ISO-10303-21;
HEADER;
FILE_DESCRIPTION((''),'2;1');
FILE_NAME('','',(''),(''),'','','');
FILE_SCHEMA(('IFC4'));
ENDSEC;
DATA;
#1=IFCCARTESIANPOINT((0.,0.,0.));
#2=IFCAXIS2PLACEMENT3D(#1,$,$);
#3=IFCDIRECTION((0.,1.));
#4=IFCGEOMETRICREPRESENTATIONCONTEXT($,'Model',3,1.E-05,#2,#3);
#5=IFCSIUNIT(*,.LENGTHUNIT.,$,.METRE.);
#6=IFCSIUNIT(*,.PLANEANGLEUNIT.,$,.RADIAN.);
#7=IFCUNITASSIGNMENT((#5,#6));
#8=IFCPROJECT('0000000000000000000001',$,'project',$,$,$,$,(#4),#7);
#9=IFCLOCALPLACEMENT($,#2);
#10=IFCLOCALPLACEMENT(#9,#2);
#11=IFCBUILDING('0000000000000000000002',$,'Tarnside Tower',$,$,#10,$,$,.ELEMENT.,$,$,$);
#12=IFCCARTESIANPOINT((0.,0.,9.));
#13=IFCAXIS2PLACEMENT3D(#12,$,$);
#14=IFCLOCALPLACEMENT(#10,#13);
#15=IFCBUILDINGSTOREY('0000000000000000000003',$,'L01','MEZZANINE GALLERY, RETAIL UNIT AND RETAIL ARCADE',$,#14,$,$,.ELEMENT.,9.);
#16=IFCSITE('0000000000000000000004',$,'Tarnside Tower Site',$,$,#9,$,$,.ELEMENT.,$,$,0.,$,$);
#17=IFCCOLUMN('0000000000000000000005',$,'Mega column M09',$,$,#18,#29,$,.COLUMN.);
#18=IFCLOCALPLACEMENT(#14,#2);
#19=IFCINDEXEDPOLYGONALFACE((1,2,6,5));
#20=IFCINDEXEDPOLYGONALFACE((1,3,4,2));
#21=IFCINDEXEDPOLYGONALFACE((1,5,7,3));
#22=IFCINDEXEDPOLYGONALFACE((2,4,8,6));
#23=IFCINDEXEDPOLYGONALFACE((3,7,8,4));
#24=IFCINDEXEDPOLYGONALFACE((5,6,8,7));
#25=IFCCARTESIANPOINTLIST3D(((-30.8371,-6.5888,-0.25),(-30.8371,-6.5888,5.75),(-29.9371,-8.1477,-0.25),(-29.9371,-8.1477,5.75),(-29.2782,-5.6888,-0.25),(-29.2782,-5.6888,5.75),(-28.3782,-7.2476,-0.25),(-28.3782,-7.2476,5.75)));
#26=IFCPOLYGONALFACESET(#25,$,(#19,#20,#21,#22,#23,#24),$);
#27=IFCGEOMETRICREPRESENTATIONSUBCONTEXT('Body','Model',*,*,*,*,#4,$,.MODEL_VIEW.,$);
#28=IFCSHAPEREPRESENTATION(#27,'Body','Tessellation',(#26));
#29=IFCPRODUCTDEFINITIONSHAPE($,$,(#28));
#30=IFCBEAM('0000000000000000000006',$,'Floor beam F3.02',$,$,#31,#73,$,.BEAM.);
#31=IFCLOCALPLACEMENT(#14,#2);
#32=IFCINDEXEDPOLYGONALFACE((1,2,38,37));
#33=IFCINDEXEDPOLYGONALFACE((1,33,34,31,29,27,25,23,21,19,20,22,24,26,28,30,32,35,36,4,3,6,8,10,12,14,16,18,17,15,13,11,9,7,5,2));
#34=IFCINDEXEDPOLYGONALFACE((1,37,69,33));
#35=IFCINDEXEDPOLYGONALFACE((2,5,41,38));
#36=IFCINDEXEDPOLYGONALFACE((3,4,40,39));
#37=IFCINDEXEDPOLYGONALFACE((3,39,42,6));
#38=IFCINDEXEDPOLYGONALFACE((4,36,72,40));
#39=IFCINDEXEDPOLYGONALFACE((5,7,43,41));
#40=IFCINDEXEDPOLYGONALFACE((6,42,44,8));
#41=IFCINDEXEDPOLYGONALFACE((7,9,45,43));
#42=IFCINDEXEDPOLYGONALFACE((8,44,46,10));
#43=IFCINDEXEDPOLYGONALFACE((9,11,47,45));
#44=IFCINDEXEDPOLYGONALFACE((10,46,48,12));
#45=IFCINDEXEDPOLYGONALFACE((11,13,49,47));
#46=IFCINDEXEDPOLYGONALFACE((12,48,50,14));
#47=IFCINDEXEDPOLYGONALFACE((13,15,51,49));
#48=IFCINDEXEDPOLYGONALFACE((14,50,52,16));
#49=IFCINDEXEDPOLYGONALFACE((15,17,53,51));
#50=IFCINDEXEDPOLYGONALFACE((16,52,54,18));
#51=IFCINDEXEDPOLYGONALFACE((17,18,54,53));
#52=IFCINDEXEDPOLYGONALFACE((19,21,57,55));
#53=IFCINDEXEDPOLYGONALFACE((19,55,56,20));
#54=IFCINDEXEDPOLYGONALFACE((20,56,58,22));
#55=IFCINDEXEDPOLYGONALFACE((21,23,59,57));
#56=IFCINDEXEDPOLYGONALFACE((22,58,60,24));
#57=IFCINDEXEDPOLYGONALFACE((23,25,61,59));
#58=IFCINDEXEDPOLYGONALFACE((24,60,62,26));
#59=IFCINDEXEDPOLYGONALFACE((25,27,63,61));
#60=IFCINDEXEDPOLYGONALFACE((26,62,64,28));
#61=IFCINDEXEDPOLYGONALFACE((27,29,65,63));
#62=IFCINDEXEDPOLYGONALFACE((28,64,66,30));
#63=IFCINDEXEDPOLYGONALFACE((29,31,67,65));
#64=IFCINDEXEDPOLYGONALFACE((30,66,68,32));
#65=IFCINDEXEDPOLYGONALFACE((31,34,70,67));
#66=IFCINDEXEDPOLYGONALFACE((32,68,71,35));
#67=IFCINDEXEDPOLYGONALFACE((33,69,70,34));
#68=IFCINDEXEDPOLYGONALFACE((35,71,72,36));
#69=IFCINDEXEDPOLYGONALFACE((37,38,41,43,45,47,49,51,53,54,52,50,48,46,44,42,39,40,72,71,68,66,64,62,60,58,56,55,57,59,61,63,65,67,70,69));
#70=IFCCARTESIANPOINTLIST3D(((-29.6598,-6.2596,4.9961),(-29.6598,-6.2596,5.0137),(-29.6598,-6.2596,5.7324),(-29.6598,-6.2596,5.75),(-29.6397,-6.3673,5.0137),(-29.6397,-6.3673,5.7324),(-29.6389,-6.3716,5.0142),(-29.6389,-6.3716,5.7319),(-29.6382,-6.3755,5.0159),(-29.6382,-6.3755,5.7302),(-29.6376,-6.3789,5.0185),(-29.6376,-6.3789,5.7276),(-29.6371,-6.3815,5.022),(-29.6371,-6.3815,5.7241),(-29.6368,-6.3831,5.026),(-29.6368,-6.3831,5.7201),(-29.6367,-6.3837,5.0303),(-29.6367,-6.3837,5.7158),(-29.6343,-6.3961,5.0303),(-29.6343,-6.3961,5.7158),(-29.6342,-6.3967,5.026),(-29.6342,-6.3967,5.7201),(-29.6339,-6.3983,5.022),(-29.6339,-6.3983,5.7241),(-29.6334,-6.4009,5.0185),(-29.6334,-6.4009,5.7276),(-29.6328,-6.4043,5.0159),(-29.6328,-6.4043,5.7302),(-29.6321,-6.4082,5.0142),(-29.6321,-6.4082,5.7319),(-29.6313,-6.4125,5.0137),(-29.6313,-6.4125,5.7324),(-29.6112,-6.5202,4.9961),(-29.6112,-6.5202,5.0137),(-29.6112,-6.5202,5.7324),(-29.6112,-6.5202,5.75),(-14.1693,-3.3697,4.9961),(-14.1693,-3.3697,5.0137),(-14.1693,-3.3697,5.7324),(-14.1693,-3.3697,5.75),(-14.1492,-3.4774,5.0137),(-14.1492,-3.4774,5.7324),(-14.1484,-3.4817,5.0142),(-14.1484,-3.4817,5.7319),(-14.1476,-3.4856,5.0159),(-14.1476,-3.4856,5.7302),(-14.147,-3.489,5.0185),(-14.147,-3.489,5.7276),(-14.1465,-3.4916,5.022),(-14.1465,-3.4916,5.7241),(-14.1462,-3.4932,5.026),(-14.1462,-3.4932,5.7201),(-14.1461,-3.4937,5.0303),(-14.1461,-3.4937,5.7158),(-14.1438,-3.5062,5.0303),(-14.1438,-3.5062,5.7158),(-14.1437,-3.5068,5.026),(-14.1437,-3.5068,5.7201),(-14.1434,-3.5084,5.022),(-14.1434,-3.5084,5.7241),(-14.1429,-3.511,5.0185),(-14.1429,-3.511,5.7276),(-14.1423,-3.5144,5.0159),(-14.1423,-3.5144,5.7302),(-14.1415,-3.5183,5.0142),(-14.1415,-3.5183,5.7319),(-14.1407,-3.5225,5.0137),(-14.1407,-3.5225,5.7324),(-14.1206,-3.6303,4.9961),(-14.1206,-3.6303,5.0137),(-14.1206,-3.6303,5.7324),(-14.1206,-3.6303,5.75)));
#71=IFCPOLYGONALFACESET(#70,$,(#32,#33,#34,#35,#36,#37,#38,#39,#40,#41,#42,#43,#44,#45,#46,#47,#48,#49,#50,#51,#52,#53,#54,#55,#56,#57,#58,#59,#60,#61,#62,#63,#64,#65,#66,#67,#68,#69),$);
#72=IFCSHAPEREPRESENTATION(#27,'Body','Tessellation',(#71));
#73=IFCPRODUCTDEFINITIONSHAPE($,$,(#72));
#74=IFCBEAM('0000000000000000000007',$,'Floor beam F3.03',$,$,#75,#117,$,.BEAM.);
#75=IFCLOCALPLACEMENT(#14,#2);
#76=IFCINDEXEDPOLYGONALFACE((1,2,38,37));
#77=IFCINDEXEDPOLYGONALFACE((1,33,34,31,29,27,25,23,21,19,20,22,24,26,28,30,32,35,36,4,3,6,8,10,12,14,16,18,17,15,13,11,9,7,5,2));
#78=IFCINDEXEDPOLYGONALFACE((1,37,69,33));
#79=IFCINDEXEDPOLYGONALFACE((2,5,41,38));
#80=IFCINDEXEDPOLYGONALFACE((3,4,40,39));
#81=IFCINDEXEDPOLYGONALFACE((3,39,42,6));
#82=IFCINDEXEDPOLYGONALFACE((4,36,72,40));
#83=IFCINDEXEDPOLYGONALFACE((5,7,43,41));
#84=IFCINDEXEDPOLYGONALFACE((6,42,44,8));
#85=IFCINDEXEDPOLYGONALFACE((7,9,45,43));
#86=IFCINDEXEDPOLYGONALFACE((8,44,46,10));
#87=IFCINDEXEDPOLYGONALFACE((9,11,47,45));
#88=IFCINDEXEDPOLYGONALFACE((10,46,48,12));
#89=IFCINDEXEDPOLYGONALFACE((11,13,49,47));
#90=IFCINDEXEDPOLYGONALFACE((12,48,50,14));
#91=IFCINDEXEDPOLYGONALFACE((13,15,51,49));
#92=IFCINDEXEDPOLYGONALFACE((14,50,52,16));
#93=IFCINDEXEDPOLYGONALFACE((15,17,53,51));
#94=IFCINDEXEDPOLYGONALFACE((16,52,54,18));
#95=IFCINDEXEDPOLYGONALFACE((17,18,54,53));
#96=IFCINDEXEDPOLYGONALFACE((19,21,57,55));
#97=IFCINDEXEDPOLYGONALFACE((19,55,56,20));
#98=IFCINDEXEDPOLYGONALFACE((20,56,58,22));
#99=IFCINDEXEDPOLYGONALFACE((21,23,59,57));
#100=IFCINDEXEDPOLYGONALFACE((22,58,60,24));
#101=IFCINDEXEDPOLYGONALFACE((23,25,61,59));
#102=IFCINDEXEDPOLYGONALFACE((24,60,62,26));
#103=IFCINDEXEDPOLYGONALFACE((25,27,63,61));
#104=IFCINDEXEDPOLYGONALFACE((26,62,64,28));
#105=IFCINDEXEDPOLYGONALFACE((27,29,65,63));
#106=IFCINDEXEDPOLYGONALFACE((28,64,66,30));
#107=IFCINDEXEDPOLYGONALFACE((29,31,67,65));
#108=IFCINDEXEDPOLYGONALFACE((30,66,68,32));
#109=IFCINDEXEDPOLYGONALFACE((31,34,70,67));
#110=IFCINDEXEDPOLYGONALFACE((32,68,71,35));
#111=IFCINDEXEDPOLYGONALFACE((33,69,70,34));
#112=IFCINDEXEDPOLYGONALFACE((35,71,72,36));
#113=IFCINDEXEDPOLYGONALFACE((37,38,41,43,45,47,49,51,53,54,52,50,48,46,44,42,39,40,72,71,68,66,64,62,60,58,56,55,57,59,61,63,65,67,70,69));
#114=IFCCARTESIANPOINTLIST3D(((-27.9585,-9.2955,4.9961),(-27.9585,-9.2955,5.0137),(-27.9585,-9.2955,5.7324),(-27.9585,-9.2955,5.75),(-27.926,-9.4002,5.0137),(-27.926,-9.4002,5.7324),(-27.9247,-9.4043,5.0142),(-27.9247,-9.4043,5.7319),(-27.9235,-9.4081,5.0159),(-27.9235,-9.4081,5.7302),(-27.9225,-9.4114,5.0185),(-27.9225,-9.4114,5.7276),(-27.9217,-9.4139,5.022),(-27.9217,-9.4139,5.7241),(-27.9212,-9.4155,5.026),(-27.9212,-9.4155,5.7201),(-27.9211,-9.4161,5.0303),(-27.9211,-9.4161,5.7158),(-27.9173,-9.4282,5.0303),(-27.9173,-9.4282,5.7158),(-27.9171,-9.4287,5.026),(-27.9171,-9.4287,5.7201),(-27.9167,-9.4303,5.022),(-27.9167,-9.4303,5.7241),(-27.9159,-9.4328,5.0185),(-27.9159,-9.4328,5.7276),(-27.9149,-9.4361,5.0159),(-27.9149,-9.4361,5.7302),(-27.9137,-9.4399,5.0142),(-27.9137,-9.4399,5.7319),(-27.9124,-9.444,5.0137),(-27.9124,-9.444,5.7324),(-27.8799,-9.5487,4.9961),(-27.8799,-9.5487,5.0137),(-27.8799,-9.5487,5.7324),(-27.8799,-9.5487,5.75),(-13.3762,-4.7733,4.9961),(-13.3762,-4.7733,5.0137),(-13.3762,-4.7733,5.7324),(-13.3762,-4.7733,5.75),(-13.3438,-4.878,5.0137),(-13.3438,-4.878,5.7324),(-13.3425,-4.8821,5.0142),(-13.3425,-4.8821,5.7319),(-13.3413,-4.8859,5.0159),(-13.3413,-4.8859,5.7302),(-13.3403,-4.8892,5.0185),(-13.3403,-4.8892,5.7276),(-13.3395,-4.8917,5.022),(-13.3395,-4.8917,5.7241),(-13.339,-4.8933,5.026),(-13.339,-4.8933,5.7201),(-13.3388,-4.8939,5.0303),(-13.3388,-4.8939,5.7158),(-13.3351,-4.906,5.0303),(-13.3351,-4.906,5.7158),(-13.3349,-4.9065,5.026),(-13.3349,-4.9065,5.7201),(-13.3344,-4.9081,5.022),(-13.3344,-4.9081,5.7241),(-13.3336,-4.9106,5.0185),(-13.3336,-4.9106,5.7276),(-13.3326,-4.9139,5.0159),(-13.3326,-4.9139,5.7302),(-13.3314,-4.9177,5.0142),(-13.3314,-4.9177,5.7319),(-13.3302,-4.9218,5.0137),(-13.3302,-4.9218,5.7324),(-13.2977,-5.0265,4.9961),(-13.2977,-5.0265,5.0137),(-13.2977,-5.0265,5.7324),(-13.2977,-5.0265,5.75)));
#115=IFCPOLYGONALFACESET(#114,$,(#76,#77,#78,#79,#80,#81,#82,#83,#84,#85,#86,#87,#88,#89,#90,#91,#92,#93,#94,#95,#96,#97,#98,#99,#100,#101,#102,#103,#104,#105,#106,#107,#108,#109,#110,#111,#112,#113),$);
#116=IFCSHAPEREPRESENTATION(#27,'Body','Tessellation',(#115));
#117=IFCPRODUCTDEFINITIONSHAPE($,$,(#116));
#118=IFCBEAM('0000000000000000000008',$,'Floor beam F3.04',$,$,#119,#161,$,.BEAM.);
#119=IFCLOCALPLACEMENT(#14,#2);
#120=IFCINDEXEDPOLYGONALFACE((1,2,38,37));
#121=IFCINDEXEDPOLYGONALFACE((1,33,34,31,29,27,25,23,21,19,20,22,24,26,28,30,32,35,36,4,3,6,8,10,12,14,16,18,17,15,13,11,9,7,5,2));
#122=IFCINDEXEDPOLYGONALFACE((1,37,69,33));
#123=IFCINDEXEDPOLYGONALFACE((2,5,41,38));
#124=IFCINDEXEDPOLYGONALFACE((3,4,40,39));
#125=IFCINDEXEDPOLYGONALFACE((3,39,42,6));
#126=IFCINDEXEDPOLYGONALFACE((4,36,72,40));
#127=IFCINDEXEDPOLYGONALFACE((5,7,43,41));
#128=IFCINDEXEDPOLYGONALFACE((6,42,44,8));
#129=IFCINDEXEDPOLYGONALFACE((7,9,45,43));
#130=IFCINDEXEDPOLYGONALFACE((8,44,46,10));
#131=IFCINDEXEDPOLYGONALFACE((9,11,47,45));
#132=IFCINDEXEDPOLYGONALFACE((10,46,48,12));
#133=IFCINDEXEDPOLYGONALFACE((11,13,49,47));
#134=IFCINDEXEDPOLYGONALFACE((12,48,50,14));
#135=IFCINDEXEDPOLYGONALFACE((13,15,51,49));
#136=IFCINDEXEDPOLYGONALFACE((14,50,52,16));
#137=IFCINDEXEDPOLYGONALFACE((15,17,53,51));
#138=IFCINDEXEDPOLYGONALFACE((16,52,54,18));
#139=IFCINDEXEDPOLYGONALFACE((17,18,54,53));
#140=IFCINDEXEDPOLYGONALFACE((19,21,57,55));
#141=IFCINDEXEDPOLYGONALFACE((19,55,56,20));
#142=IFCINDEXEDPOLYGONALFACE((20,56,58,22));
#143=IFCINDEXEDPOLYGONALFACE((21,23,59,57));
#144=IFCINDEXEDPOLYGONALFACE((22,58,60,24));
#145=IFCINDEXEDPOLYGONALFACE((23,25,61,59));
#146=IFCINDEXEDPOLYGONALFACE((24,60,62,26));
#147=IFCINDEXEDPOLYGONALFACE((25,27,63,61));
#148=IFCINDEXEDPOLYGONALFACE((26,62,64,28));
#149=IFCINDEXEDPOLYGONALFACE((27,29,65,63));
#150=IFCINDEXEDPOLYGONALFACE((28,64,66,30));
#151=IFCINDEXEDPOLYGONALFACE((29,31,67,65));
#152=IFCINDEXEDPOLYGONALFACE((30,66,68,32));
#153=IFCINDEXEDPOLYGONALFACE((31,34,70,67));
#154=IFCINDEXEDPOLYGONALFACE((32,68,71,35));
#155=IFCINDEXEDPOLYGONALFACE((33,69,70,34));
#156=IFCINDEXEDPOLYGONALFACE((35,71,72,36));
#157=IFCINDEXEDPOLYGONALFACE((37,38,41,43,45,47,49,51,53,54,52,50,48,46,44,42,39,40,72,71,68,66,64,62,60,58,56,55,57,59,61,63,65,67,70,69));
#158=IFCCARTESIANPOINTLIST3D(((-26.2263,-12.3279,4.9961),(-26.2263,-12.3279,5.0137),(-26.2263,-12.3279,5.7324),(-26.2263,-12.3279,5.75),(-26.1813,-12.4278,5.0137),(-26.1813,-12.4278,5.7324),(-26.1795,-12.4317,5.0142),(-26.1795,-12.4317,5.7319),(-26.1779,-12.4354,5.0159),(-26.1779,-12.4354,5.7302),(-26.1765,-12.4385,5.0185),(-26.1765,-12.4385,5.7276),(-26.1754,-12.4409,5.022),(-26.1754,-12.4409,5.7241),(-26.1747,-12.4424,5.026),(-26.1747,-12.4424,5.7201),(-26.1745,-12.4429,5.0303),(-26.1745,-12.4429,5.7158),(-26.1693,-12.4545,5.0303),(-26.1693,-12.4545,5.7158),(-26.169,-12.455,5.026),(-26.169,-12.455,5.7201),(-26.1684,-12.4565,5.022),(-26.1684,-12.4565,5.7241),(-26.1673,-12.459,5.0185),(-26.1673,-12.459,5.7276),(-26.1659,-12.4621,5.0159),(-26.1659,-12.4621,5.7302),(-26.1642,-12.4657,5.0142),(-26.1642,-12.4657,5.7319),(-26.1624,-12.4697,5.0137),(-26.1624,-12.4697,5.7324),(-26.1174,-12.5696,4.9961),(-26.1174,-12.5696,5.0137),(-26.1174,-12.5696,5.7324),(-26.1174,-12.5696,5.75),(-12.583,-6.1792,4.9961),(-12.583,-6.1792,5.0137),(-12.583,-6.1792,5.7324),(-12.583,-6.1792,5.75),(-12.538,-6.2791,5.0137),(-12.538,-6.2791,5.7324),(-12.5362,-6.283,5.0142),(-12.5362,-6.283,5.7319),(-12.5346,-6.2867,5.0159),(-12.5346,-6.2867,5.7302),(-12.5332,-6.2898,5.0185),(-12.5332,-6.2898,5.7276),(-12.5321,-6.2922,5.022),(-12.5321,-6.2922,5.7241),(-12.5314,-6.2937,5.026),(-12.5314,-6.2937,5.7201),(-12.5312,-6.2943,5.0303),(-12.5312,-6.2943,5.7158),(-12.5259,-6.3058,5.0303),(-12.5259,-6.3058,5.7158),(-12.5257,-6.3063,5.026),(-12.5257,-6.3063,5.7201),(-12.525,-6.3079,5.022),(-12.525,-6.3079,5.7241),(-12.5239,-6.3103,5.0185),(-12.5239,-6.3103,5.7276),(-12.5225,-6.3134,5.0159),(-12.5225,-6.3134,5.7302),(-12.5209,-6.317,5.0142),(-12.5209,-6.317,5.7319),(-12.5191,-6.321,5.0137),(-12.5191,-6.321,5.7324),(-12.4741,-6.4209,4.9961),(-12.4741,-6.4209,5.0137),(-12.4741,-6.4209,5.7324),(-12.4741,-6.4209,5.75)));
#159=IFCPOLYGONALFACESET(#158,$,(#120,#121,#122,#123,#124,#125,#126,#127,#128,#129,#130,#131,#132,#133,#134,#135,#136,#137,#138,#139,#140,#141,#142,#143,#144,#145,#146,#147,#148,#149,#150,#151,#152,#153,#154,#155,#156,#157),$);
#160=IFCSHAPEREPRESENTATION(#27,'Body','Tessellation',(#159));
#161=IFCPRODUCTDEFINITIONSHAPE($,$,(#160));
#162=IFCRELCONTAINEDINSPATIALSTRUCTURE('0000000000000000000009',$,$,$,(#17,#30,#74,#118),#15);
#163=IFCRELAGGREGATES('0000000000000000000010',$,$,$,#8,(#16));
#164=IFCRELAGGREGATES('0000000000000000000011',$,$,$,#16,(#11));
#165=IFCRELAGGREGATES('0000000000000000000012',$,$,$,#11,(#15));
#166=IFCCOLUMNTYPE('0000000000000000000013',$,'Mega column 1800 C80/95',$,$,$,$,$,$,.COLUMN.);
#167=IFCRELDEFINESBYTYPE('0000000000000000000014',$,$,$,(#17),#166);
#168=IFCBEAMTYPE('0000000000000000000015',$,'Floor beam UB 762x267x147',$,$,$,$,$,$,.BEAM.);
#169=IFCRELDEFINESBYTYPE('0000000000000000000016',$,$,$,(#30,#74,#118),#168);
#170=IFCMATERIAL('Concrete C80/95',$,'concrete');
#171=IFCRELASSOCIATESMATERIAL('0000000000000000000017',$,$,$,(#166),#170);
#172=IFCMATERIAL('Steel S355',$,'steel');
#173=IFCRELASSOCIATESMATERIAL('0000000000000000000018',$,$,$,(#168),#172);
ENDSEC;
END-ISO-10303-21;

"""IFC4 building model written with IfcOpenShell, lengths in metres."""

from ifc_helpers import new_model, si_unit, direction, frame, origin, origin_2d, place, context, subcontext, project, spatial, rectangle, i_section, extrude, material, material_profile, profile_set, type_object, element, save


model = new_model("IFC4")

# Units and contexts
model_context = context("Model", 3, precision=1e-05, world=origin(), true_north=direction((0.0, 1.0)))
body_context = subcontext(model_context, "Body", "Model", "MODEL_VIEW")
ifc_project = project(units=[si_unit("LENGTHUNIT", "METRE"), si_unit("PLANEANGLEUNIT", "RADIAN")], contexts=[model_context])

# Site, building, storey
site_placement = place(None, origin())
site = spatial("IfcSite", under=ifc_project, at=site_placement, Name="Tarnside Tower Site", CompositionType="ELEMENT", RefElevation=0.0)
building_placement = place(site_placement, origin())
building = spatial("IfcBuilding", under=site, at=building_placement, Name="Tarnside Tower", CompositionType="ELEMENT")
storey_placement = place(building_placement, frame((0.0, 0.0, 9.0)))
storey = spatial("IfcBuildingStorey", under=building, at=storey_placement, Name="L01", Description="MEZZANINE GALLERY, RETAIL UNIT AND RETAIL ARCADE", CompositionType="ELEMENT", Elevation=9.0)

# Column
ifc_material_1 = material(Name="Concrete C80/95", Category="concrete")
ifc_material_profile_1 = material_profile(ifc_material_1, rectangle(XDim=1.8, YDim=1.8, at=origin_2d()), Name="Mega column 1800x1800")
ifc_profile_set_1 = profile_set([ifc_material_profile_1], Name="Concrete C80/95")
column_type = type_object("IfcColumnType", Name="Mega column 1800 C80/95", PredefinedType="COLUMN", material=ifc_profile_set_1)
column_placement = place(storey_placement, frame((-29.6077, -6.9182, -0.25), z_axis=(0.0, 0.0, 1.0), x_axis=(-0.5, 0.866025, 0.0)))
element("IfcColumn", 1, at=column_placement, inside=storey, type_object=column_type, Name="Mega column M09", PredefinedType="COLUMN", context=body_context, shape_type="SweptSolid", body=[
    extrude(rectangle(XDim=1.8, YDim=1.8, at=origin_2d()), origin(), (0.0, 0.0, 1.0), 6.0),
])

# Beams
ifc_material_2 = material(Name="Steel S355", Category="steel")
ifc_material_profile_2 = material_profile(ifc_material_2, i_section(OverallWidth=0.2651, OverallDepth=0.7539, WebThickness=0.0127, FlangeThickness=0.0176, FilletRadius=0.0166, at=origin_2d()), Name="UB 762x267x147")
ifc_profile_set_2 = profile_set([ifc_material_profile_2], Name="Steel S355")
beam_type_1 = type_object("IfcBeamType", Name="Floor beam UB 762x267x147", PredefinedType="BEAM", material=ifc_profile_set_2)
beam_1_placement = place(storey_placement, frame((-29.6355, -6.3899, 5.373), z_axis=(0.983039, 0.183395, 0.0), x_axis=(-0.183395, 0.983039, 0.0)))
element("IfcBeam", 2, at=beam_1_placement, inside=storey, type_object=beam_type_1, Name="Floor beam F3.02", PredefinedType="BEAM", context=body_context, shape_type="SweptSolid", body=[
    extrude(i_section(OverallWidth=0.2651, OverallDepth=0.7539, WebThickness=0.0127, FlangeThickness=0.0176, FilletRadius=0.0166, at=origin_2d()), origin(), (0.0, 0.0, 1.0), 15.7578),
])
beam_2_placement = place(storey_placement, frame((-27.9192, -9.4221, 5.373), z_axis=(0.955126, 0.296201, 0.0), x_axis=(-0.296201, 0.955126, 0.0)))
element("IfcBeam", 3, at=beam_2_placement, inside=storey, type_object=beam_type_1, Name="Floor beam F3.03", PredefinedType="BEAM", context=body_context, shape_type="SweptSolid", body=[
    extrude(i_section(OverallWidth=0.2651, OverallDepth=0.7539, WebThickness=0.0127, FlangeThickness=0.0176, FilletRadius=0.0166, at=origin_2d()), origin(), (0.0, 0.0, 1.0), 15.2673),
])
beam_3_placement = place(storey_placement, frame((-26.1719, -12.4487, 5.373), z_axis=(0.911692, 0.410875, 0.0), x_axis=(-0.410875, 0.911692, 0.0)))
element("IfcBeam", 4, at=beam_3_placement, inside=storey, type_object=beam_type_1, Name="Floor beam F3.04", PredefinedType="BEAM", context=body_context, shape_type="SweptSolid", body=[
    extrude(i_section(OverallWidth=0.2651, OverallDepth=0.7539, WebThickness=0.0127, FlangeThickness=0.0176, FilletRadius=0.0166, at=origin_2d()), origin(), (0.0, 0.0, 1.0), 14.9648),
])

save(model, "model.ifc")
